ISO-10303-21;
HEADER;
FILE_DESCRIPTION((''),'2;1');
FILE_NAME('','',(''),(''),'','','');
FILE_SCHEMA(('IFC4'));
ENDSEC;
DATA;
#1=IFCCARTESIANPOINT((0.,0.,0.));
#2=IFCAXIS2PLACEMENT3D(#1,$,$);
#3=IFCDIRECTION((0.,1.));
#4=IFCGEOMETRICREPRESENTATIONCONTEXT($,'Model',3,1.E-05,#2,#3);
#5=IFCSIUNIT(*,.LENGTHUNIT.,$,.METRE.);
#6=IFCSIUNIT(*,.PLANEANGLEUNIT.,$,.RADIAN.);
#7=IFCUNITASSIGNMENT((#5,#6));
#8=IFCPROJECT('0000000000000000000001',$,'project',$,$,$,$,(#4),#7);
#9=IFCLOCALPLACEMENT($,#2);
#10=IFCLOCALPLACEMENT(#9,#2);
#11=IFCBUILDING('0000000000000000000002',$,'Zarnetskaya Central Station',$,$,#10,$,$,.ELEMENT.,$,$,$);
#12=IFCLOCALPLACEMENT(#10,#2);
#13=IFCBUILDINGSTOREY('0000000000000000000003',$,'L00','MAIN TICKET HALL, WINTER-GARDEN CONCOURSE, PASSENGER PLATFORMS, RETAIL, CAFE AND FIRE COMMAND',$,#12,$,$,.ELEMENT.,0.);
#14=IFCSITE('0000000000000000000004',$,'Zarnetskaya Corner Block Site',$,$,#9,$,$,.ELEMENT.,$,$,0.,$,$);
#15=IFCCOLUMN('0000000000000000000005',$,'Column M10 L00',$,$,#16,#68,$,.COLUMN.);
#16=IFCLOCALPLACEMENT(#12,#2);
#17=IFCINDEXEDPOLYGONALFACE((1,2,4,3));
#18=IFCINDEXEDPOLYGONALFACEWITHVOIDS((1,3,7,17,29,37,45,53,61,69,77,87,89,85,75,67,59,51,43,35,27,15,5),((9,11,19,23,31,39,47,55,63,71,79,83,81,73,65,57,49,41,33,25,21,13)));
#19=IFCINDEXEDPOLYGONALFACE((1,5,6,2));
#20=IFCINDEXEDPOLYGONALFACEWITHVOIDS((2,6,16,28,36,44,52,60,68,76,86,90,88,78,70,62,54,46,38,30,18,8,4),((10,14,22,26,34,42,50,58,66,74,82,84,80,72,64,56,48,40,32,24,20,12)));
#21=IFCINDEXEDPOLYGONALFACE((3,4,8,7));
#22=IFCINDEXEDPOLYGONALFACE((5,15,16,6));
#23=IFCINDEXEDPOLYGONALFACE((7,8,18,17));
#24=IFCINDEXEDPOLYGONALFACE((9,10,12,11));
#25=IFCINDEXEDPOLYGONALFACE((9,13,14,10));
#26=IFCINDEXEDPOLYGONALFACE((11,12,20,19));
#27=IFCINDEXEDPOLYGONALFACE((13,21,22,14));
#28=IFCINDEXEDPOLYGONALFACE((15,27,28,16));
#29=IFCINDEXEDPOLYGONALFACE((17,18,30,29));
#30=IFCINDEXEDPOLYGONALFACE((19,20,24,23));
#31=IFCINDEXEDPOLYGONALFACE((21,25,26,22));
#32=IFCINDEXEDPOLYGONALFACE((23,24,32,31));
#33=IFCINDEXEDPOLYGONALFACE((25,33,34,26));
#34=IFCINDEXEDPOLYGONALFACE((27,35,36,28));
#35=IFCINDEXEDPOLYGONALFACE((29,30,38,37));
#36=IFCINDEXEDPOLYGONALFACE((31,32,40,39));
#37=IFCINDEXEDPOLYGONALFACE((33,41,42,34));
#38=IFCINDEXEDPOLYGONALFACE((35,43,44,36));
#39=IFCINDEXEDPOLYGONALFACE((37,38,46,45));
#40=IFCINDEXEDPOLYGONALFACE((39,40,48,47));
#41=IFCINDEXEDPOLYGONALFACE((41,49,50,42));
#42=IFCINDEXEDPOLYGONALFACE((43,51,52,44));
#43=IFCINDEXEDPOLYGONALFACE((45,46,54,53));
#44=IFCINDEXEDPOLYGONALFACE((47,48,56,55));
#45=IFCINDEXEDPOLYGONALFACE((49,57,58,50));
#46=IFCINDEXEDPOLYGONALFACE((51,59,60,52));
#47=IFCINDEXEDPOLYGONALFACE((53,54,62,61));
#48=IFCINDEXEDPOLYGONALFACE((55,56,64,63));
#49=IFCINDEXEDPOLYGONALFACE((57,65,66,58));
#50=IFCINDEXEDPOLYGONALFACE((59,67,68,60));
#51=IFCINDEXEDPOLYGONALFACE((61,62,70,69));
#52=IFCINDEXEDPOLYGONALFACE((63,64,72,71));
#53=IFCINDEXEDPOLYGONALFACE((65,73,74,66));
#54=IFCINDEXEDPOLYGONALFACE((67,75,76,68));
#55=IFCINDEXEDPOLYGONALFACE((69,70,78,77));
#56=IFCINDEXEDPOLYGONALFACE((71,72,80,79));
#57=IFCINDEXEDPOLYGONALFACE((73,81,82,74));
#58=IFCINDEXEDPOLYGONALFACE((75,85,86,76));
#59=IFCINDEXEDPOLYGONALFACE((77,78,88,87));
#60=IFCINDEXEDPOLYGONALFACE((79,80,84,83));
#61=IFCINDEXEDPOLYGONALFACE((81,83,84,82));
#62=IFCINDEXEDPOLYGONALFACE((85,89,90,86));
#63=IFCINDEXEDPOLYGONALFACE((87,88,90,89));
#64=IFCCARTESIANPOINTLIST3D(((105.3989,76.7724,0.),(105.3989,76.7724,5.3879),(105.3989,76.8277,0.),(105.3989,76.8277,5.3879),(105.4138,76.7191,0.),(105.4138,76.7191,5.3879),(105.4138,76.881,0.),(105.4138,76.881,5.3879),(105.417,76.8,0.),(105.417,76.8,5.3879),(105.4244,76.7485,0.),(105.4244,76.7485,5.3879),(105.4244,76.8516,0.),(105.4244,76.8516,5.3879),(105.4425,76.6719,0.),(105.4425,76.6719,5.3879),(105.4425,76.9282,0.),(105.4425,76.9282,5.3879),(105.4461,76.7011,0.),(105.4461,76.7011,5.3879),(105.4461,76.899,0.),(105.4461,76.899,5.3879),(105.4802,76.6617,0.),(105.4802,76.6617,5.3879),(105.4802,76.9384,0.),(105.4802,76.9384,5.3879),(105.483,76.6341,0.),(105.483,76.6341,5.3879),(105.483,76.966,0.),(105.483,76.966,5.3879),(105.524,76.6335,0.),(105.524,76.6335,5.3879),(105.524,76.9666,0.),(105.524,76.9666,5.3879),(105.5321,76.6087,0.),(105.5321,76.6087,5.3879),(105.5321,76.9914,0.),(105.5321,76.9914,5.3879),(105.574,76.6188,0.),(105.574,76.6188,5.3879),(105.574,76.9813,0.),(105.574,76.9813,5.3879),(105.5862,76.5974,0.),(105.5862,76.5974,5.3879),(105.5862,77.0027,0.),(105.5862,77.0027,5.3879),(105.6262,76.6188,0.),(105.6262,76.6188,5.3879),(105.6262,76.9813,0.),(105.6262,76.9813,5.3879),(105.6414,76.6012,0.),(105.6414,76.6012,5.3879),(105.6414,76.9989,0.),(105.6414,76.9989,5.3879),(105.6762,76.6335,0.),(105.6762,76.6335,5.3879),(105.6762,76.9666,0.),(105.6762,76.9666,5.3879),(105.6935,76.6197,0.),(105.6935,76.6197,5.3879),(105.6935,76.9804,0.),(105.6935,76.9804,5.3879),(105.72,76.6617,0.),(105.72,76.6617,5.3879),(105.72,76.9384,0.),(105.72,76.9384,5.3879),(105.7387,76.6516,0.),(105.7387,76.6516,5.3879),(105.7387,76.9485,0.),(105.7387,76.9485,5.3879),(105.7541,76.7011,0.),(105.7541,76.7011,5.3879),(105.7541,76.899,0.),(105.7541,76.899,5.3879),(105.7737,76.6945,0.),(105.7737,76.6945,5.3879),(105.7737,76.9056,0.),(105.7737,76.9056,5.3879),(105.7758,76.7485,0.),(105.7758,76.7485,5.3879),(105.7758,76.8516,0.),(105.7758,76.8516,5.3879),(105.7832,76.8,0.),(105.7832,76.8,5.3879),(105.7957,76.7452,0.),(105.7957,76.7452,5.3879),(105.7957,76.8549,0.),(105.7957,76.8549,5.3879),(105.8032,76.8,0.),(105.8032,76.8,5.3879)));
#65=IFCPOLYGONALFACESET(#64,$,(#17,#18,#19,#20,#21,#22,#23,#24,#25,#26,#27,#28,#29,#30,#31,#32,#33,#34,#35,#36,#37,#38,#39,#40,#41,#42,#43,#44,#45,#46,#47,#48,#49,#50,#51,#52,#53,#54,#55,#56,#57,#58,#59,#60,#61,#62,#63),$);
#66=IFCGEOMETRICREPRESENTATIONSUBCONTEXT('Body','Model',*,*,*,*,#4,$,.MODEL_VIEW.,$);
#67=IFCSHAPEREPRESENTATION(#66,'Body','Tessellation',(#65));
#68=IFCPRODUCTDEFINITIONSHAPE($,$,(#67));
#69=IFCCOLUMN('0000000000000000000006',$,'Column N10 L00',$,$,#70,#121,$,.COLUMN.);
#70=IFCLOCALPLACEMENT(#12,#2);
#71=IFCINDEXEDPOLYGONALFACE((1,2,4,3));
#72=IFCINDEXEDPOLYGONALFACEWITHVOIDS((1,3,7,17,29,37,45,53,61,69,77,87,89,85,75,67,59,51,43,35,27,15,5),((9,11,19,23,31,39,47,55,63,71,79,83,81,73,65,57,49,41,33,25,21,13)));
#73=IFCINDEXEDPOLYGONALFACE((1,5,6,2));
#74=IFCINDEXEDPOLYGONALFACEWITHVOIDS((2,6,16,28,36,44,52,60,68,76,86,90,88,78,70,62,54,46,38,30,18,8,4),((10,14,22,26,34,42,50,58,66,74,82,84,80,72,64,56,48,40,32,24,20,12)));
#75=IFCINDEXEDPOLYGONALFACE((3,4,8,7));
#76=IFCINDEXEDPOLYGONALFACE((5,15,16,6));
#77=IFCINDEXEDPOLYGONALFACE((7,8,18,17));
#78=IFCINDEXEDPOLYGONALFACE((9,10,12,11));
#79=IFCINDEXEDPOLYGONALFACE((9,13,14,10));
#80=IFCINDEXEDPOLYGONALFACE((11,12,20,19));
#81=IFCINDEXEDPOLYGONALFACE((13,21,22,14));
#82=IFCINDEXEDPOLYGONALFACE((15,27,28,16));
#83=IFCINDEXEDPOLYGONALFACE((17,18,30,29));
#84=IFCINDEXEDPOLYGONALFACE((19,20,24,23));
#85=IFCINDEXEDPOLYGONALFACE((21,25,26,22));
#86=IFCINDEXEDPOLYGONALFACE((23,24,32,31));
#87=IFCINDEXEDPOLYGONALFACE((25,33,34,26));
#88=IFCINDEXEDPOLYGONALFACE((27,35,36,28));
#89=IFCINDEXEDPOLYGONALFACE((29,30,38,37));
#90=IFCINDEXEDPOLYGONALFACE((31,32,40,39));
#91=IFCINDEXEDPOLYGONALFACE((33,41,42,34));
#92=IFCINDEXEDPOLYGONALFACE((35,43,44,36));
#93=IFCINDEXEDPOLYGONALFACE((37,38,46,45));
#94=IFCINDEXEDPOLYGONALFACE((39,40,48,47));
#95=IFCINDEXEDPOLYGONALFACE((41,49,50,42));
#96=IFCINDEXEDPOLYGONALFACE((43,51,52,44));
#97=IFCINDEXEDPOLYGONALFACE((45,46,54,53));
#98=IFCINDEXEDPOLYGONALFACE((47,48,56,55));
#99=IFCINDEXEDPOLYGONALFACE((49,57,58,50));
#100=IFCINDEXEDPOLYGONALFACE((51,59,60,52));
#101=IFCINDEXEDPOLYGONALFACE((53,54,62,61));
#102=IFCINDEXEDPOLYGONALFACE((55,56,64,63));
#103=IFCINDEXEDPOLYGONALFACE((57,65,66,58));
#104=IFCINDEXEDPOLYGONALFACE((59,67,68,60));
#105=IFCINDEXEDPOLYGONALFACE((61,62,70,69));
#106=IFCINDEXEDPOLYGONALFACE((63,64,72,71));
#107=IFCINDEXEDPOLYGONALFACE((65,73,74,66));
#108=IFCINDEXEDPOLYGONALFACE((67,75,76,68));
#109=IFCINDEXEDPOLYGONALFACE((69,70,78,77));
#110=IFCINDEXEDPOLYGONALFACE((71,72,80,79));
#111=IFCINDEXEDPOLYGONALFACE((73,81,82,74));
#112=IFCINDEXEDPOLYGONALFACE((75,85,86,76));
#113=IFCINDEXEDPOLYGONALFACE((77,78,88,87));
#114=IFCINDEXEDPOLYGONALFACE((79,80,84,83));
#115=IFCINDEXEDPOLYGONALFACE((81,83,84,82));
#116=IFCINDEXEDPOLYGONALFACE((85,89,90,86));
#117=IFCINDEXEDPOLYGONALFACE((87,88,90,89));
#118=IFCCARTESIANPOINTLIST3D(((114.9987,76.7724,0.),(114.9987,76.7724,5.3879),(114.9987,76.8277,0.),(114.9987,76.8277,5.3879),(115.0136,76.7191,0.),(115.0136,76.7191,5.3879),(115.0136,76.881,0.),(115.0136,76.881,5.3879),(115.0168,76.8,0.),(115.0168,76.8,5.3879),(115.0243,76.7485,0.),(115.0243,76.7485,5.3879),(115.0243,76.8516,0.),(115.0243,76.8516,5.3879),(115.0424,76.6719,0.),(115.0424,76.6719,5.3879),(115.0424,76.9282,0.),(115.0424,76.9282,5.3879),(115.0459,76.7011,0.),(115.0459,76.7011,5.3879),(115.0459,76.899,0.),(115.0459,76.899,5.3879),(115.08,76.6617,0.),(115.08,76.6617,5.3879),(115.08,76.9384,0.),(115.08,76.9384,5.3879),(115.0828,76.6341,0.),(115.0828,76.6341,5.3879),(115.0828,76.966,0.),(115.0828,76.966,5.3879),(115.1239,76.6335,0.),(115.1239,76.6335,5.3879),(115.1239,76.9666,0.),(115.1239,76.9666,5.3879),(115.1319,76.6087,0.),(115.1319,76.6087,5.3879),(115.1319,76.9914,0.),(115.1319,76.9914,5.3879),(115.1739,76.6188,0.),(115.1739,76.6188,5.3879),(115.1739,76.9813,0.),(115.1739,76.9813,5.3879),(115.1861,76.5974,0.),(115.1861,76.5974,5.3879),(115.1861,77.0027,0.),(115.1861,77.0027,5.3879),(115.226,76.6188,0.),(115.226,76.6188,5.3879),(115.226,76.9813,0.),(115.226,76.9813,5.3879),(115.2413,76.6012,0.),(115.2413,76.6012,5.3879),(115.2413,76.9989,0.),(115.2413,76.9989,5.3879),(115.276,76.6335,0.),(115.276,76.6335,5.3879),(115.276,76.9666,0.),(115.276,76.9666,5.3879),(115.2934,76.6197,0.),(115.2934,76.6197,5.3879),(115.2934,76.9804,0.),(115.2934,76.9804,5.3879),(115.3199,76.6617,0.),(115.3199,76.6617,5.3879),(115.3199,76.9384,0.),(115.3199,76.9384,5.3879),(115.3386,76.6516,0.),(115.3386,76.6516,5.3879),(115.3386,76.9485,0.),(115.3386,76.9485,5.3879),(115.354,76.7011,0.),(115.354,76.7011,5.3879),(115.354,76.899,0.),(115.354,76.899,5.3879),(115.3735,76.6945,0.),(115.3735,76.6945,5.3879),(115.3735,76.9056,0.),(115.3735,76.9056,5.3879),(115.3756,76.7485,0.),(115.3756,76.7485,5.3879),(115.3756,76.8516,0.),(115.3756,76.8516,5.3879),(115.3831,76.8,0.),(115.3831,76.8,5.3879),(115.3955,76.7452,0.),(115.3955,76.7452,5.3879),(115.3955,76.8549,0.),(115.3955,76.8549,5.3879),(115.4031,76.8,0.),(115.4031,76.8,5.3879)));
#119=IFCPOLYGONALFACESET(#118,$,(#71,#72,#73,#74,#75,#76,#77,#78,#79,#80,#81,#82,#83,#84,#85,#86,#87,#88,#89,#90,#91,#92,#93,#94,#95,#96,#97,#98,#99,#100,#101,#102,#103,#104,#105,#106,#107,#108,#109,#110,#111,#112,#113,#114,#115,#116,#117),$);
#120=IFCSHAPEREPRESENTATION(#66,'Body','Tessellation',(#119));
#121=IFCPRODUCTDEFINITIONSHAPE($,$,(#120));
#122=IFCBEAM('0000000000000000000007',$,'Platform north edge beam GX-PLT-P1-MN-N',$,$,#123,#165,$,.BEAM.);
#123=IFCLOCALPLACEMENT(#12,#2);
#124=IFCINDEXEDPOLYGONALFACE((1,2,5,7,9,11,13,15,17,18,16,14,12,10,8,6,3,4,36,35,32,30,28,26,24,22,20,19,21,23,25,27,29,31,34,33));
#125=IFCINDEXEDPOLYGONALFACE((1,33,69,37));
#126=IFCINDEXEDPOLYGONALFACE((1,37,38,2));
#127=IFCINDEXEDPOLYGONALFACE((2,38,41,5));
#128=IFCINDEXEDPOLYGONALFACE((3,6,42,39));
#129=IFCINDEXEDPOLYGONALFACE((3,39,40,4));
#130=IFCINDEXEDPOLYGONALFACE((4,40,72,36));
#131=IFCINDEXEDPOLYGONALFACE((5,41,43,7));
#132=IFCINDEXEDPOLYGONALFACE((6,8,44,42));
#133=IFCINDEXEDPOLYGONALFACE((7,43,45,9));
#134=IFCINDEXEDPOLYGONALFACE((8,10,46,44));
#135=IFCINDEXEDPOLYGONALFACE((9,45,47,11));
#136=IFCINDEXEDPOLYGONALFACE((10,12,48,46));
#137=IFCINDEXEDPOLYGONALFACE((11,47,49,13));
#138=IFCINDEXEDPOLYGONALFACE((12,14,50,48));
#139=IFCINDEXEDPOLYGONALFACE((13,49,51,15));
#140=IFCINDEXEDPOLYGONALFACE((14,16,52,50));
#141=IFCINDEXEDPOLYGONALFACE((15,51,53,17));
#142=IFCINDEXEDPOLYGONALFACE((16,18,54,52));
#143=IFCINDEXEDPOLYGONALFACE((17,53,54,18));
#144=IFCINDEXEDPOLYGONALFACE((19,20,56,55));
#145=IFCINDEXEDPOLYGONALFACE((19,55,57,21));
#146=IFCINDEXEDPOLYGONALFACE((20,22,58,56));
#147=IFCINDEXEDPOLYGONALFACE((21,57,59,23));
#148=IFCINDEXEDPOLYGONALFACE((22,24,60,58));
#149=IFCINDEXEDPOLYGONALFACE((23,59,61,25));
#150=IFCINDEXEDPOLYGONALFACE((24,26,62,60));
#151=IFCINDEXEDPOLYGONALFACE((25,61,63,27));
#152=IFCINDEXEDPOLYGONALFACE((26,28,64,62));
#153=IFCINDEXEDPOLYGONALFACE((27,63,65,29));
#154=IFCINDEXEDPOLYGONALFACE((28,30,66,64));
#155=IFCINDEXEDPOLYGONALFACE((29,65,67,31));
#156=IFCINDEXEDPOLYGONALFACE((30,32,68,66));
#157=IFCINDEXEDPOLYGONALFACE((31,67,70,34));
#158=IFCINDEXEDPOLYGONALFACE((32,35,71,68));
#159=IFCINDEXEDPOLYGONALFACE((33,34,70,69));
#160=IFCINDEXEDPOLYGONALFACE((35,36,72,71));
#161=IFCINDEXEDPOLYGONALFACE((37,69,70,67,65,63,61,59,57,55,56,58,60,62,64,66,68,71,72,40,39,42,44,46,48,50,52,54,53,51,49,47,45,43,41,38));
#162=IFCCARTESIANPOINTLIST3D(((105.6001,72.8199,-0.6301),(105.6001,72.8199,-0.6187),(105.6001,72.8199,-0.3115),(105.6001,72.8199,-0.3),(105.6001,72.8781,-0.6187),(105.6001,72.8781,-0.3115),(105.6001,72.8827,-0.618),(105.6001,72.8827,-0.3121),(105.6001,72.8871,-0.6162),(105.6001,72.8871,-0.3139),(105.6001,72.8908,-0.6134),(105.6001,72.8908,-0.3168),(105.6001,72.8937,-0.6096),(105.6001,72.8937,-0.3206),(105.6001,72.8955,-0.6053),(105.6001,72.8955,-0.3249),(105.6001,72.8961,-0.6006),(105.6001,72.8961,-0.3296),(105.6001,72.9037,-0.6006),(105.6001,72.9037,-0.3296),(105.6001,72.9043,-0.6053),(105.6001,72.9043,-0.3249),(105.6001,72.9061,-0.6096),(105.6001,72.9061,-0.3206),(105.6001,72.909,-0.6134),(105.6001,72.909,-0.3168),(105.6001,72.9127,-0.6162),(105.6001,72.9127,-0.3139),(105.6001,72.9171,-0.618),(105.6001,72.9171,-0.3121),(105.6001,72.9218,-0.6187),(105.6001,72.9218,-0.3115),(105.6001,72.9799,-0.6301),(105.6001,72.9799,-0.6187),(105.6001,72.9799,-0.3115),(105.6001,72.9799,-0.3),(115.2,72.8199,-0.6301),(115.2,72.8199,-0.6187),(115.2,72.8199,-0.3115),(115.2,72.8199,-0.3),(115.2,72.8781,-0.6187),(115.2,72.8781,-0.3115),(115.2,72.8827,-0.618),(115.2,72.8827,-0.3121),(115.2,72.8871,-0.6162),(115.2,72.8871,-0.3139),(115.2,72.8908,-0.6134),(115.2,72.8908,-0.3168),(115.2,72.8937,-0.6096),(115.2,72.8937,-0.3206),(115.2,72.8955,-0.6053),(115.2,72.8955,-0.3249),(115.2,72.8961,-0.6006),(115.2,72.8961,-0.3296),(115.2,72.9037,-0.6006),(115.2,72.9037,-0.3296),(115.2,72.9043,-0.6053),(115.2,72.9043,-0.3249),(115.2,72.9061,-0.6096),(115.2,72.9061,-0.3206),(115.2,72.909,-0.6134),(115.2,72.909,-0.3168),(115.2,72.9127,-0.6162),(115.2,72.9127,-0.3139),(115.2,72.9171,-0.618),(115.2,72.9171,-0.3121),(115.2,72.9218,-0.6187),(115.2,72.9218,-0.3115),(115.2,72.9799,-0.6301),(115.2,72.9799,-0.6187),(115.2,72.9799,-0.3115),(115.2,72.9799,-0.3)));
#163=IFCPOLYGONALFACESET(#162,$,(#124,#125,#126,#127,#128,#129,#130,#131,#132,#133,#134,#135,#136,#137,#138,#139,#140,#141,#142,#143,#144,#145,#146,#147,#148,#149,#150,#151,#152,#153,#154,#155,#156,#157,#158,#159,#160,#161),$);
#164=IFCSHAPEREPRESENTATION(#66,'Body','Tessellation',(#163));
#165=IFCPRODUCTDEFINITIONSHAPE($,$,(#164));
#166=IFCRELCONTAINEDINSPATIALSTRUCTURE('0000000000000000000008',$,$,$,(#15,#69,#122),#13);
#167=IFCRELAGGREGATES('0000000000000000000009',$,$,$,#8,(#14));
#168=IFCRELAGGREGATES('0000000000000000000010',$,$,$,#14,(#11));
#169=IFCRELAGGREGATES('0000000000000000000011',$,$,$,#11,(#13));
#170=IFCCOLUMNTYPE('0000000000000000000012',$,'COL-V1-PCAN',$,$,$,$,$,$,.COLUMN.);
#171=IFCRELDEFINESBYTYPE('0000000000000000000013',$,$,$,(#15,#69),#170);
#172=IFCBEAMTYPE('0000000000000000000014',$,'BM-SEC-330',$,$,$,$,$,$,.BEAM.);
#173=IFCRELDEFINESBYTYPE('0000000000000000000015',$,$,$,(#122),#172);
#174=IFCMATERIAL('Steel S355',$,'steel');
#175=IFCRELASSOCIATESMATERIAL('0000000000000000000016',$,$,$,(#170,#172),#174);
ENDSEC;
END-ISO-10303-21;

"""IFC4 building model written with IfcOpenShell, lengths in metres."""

from ifc_helpers import new_model, si_unit, direction, frame, origin, origin_2d, place, context, subcontext, project, spatial, hollow_circle, i_section, extrude, material, material_profile, profile_set, type_object, element, save


model = new_model("IFC4")

# Units and contexts
model_context = context("Model", 3, precision=1e-05, world=origin(), true_north=direction((0.0, 1.0)))
body_context = subcontext(model_context, "Body", "Model", "MODEL_VIEW")
ifc_project = project(units=[si_unit("LENGTHUNIT", "METRE"), si_unit("PLANEANGLEUNIT", "RADIAN")], contexts=[model_context])

# Site, building, storey
site_placement = place(None, origin())
site = spatial("IfcSite", under=ifc_project, at=site_placement, Name="Zarnetskaya Corner Block Site", CompositionType="ELEMENT", RefElevation=0.0)
building_placement = place(site_placement, origin())
building = spatial("IfcBuilding", under=site, at=building_placement, Name="Zarnetskaya Central Station", CompositionType="ELEMENT")
storey_placement = place(building_placement, origin())
storey = spatial("IfcBuildingStorey", under=building, at=storey_placement, Name="L00", Description="MAIN TICKET HALL, WINTER-GARDEN CONCOURSE, PASSENGER PLATFORMS, RETAIL, CAFE AND FIRE COMMAND", CompositionType="ELEMENT", Elevation=0.0)

# Columns
ifc_material = material(Name="Steel S355", Category="steel")
ifc_material_profile_1 = material_profile(ifc_material, hollow_circle(Radius=0.2031, WallThickness=0.02, at=origin_2d()), Name="CHS 406.4x20")
ifc_profile_set_1 = profile_set([ifc_material_profile_1], Name="Steel S355")
column_type = type_object("IfcColumnType", Name="COL-V1-PCAN", PredefinedType="COLUMN", material=ifc_profile_set_1)
for number, where, z_axis, x_axis, name in (
    (1, (105.6001, 76.8, 0.0), (0.0, 0.0, 1.0), (1.0, 0.0, 0.0), "Column M10 L00"),
    (2, (115.2, 76.8, 0.0), (0.0, 0.0, 1.0), (1.0, 0.0, 0.0), "Column N10 L00"),
):
    element("IfcColumn", number, at=place(storey_placement, frame(where, z_axis=z_axis, x_axis=x_axis)), inside=storey, type_object=column_type, Name=name, PredefinedType="COLUMN", context=body_context, shape_type="SweptSolid", body=[
        extrude(hollow_circle(Radius=0.2031, WallThickness=0.02, at=origin_2d()), origin(), (0.0, 0.0, 1.0), 5.3879),
    ])

# Beam
ifc_material_profile_2 = material_profile(ifc_material, i_section(OverallWidth=0.1599, OverallDepth=0.3301, WebThickness=0.0076, FlangeThickness=0.0115, FilletRadius=0.0181, at=origin_2d()), Name="IPE 330")
ifc_profile_set_2 = profile_set([ifc_material_profile_2], Name="Steel S355")
beam_type_1 = type_object("IfcBeamType", Name="BM-SEC-330", PredefinedType="BEAM", material=ifc_profile_set_2)
beam_1_placement = place(storey_placement, frame((105.6001, 72.8999, -0.4651), z_axis=(1.0, 0.0, 0.0), x_axis=(0.0, 1.0, 0.0)))
element("IfcBeam", 3, at=beam_1_placement, inside=storey, type_object=beam_type_1, Name="Platform north edge beam GX-PLT-P1-MN-N", PredefinedType="BEAM", context=body_context, shape_type="SweptSolid", body=[
    extrude(i_section(OverallWidth=0.1599, OverallDepth=0.3301, WebThickness=0.0076, FlangeThickness=0.0115, FilletRadius=0.0181, at=origin_2d()), origin(), (0.0, 0.0, 1.0), 9.5999),
])

save(model, "model.ifc")
